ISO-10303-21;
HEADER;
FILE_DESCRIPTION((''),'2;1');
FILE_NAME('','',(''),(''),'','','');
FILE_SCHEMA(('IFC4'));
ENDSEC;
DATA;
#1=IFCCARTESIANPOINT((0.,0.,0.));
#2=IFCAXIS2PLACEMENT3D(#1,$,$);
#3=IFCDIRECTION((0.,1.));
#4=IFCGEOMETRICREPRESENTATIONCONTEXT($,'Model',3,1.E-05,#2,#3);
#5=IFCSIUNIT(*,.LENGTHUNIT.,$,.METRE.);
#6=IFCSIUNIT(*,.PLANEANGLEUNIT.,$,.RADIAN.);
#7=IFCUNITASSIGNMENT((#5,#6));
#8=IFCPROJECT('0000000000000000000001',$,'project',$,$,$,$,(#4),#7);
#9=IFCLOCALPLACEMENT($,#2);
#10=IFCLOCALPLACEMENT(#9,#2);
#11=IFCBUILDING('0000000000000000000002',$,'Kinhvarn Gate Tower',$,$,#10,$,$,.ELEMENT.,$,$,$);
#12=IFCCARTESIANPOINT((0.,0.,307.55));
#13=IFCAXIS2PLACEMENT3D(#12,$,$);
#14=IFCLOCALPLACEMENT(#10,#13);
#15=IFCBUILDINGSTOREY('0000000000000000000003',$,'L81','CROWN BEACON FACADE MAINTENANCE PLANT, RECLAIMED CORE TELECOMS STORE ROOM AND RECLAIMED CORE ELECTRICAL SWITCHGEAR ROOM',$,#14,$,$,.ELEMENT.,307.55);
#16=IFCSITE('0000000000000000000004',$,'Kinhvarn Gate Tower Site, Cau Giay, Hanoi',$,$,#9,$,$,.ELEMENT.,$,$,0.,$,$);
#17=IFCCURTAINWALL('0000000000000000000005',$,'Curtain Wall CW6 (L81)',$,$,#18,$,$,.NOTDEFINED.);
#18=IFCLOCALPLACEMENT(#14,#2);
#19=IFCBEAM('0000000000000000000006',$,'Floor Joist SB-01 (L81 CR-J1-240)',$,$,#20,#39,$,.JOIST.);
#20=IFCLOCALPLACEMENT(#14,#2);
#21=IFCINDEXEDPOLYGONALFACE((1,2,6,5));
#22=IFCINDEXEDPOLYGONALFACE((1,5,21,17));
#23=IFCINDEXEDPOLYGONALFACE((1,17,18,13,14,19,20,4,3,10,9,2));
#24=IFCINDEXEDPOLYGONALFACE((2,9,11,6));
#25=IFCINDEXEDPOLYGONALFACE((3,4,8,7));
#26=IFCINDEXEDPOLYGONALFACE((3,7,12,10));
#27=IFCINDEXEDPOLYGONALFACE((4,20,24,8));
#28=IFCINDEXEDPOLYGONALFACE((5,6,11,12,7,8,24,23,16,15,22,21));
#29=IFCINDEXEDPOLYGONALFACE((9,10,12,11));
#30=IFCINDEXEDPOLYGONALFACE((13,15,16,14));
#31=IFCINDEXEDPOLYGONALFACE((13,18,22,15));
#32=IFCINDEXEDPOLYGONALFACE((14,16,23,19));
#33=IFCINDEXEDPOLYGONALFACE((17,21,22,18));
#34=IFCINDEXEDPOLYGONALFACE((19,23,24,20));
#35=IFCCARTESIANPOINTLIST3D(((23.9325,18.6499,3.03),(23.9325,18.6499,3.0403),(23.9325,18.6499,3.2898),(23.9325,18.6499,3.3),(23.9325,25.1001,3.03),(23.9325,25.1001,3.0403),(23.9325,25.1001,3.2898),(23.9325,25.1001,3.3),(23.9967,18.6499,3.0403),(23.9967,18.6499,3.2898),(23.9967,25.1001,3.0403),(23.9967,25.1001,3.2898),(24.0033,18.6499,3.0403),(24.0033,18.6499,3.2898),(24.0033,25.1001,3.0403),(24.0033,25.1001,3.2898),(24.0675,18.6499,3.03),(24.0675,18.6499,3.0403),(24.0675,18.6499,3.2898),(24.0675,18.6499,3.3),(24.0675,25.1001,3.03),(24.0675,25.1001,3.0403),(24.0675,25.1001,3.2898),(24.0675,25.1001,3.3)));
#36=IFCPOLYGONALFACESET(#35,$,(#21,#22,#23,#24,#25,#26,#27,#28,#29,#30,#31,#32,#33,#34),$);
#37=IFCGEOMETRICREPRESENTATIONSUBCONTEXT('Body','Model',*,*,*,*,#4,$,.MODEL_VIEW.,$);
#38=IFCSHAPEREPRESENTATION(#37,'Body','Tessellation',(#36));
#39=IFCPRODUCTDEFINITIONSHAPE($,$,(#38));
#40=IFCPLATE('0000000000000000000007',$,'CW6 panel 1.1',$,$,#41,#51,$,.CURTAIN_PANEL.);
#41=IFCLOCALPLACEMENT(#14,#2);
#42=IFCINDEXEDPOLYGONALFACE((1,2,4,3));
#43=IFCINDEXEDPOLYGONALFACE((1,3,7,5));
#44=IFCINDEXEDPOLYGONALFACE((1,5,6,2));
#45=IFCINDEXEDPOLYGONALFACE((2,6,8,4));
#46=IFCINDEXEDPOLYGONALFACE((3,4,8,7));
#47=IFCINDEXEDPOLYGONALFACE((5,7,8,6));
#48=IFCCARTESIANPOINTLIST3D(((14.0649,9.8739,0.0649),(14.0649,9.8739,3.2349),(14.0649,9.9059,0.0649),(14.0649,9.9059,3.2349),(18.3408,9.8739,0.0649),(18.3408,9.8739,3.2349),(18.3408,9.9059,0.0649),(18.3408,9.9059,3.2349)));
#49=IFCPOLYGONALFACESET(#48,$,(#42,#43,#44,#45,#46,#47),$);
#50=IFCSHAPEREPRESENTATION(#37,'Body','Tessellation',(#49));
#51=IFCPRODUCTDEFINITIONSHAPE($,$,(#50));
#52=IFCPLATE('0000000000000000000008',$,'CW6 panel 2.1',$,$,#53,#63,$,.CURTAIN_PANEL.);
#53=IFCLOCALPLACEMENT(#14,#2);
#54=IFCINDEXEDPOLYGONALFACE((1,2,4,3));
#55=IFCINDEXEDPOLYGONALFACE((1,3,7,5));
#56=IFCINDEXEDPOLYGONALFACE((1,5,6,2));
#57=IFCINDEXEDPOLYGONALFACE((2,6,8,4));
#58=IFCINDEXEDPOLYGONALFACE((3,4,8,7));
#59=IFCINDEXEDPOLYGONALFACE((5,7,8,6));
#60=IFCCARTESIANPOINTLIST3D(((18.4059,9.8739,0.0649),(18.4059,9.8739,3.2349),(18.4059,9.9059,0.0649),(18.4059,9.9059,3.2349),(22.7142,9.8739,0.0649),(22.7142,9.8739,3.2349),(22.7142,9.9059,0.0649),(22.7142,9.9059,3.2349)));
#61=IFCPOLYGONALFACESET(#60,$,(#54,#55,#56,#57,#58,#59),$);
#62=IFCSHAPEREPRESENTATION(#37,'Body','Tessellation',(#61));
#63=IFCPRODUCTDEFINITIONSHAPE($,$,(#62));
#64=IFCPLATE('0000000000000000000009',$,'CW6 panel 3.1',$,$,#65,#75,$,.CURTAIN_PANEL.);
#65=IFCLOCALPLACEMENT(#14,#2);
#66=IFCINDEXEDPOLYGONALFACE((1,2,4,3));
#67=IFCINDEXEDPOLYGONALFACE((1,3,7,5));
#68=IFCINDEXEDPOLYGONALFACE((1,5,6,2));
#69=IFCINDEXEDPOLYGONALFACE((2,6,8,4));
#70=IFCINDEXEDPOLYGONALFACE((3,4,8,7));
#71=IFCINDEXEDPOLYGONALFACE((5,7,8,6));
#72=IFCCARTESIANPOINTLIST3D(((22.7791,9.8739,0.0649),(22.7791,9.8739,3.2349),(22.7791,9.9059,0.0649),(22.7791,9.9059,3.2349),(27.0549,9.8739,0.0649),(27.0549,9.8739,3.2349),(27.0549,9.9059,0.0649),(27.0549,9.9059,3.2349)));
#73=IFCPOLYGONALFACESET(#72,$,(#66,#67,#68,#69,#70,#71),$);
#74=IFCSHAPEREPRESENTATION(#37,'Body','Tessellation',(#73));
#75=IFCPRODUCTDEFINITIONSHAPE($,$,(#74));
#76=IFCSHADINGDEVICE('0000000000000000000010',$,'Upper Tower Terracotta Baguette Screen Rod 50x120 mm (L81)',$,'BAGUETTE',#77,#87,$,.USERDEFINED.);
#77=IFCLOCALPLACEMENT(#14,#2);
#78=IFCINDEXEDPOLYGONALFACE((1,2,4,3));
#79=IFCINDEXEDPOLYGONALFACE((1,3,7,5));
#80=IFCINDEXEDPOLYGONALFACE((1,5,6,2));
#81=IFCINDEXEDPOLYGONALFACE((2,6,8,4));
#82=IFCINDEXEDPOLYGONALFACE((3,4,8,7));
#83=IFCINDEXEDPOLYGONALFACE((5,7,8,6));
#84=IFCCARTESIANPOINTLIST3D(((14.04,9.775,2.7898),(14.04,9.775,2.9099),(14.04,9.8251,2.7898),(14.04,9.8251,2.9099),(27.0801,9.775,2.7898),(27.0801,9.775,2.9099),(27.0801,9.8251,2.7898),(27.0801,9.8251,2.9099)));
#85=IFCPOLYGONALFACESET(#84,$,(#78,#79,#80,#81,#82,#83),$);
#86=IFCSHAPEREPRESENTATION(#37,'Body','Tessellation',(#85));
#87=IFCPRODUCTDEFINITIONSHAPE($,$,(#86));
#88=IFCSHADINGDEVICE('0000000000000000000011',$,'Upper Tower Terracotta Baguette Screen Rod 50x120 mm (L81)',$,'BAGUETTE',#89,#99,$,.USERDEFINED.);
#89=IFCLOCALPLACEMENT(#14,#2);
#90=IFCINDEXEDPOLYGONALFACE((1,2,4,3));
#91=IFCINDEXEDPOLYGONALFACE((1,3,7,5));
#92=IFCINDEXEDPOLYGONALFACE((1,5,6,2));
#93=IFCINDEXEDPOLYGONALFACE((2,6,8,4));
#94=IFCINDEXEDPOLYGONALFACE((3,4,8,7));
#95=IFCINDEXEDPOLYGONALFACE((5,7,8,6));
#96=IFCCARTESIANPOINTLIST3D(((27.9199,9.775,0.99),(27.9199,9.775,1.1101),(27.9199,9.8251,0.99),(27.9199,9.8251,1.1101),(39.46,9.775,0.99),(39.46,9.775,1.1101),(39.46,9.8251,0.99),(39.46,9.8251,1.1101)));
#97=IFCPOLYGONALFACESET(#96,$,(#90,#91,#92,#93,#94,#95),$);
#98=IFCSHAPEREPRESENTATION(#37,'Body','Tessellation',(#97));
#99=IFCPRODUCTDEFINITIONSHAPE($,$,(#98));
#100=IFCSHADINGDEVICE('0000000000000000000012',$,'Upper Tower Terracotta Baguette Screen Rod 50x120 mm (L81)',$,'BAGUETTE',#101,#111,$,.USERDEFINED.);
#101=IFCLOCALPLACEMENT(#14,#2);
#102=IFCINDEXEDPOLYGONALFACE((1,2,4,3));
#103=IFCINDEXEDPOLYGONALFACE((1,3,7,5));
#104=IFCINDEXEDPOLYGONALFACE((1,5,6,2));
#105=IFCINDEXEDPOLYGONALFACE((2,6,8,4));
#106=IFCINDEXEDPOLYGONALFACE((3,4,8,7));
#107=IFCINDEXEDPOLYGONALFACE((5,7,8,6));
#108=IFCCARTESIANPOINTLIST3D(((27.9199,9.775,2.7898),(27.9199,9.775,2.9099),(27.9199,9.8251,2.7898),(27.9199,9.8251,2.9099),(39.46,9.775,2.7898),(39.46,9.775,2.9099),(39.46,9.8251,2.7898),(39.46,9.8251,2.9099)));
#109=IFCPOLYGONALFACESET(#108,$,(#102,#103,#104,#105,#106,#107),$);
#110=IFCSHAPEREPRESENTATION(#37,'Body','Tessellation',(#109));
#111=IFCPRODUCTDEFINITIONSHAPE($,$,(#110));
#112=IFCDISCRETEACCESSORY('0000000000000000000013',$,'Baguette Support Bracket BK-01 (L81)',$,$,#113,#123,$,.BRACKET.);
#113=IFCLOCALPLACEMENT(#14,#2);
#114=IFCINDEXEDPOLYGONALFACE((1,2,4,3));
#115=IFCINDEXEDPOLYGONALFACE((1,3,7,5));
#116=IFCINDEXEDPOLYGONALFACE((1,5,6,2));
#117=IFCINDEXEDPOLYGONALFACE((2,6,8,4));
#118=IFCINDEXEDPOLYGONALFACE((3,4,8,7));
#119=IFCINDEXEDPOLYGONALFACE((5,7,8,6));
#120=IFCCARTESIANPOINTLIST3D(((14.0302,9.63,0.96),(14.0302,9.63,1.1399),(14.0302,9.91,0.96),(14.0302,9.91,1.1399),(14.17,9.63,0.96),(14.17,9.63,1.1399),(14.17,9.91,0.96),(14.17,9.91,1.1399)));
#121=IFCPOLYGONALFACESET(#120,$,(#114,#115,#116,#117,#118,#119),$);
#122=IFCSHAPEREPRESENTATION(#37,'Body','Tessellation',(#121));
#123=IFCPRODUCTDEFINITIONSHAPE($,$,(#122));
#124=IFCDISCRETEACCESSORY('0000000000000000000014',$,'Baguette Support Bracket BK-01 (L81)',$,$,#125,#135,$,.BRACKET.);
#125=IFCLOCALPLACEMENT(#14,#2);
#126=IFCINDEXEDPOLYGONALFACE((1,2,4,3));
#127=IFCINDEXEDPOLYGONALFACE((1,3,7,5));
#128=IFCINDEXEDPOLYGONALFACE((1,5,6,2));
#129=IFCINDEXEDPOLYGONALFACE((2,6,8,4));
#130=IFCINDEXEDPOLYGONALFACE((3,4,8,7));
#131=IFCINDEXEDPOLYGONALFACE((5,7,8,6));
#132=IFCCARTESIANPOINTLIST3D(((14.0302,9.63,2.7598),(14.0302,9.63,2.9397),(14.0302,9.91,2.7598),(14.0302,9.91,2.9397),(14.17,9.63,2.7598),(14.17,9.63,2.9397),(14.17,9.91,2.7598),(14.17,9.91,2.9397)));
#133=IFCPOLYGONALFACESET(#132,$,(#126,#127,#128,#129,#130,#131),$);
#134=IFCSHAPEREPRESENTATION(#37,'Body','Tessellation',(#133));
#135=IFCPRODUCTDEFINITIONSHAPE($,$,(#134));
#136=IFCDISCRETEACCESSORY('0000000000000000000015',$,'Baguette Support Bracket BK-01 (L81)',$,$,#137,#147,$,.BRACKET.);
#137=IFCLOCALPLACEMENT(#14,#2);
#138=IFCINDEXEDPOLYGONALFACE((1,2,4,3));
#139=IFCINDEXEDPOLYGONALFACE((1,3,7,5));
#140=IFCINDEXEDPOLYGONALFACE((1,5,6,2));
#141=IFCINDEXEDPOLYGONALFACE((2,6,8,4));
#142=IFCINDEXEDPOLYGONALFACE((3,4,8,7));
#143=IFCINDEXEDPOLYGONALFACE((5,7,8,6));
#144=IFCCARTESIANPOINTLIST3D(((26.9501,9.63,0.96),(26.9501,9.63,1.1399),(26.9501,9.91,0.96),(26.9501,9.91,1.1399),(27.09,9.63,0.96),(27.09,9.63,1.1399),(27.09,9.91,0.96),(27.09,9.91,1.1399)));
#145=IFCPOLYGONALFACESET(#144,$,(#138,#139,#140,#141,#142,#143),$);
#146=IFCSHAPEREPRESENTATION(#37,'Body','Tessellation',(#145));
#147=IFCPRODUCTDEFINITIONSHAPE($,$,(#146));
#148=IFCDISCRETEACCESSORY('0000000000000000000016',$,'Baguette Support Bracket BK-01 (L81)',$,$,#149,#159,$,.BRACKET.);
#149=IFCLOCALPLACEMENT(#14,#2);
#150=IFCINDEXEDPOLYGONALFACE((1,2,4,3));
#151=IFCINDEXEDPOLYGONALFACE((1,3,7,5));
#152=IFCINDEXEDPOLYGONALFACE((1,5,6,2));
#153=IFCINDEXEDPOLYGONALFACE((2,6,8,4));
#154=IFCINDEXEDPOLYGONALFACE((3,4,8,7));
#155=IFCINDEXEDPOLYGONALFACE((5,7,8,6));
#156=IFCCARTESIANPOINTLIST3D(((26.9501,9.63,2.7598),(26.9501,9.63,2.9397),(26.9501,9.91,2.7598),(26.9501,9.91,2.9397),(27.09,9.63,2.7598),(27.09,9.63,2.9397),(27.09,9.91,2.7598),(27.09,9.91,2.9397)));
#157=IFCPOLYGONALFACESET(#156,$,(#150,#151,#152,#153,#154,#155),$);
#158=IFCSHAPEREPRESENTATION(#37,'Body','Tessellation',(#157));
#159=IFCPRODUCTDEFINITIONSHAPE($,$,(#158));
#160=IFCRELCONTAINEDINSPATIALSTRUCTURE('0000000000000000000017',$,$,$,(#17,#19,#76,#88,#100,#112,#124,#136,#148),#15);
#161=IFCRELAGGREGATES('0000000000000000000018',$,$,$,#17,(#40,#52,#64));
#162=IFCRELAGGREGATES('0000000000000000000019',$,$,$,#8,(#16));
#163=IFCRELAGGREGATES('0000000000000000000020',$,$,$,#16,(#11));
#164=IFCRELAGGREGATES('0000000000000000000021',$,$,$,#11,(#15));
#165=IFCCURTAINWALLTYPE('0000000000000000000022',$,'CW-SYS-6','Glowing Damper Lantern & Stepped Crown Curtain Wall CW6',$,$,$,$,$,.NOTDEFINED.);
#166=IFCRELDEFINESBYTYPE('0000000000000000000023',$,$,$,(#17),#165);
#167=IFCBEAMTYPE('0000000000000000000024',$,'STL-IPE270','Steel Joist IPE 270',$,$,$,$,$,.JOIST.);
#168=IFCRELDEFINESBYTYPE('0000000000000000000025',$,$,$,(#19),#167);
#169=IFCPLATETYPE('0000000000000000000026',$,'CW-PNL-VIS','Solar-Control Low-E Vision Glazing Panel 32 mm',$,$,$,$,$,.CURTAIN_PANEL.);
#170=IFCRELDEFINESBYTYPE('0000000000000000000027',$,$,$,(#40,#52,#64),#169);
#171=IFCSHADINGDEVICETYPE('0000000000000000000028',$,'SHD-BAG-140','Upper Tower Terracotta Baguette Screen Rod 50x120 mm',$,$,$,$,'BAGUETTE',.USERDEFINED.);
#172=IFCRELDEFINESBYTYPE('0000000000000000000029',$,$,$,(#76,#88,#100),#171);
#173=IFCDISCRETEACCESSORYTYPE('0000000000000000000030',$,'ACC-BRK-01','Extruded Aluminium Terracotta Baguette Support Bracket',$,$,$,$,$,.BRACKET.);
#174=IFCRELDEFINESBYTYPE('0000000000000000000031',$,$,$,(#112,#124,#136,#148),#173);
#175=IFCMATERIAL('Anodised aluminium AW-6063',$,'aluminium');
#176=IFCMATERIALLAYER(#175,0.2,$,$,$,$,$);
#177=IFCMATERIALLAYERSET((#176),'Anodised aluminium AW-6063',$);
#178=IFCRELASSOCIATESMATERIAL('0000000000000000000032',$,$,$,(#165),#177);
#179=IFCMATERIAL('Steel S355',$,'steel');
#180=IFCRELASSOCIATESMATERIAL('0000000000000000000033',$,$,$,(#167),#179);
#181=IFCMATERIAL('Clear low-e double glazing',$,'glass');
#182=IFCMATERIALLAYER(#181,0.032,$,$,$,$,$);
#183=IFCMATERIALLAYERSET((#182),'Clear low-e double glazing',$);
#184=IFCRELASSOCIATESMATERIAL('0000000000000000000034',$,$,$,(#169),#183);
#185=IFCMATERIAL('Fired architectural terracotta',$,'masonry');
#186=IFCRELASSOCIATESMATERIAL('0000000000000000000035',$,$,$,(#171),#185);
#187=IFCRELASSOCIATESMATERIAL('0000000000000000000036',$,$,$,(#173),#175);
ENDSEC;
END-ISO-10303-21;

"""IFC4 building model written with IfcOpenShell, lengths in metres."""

from ifc_helpers import new_model, si_unit, direction, frame, origin, origin_2d, place, context, subcontext, project, spatial, rectangle, i_section, extrude, material, layer, layer_set, material_profile, profile_set, type_object, element, aggregate, save


model = new_model("IFC4")

# Units and contexts
model_context = context("Model", 3, precision=1e-05, world=origin(), true_north=direction((0.0, 1.0)))
body_context = subcontext(model_context, "Body", "Model", "MODEL_VIEW")
ifc_project = project(units=[si_unit("LENGTHUNIT", "METRE"), si_unit("PLANEANGLEUNIT", "RADIAN")], contexts=[model_context])

# Site, building, storey
site_placement = place(None, origin())
site = spatial("IfcSite", under=ifc_project, at=site_placement, Name="Kinhvarn Gate Tower Site, Cau Giay, Hanoi", CompositionType="ELEMENT", RefElevation=0.0)
building_placement = place(site_placement, origin())
building = spatial("IfcBuilding", under=site, at=building_placement, Name="Kinhvarn Gate Tower", CompositionType="ELEMENT")
storey_placement = place(building_placement, frame((0.0, 0.0, 307.55)))
storey = spatial("IfcBuildingStorey", under=building, at=storey_placement, Name="L81", Description="CROWN BEACON FACADE MAINTENANCE PLANT, RECLAIMED CORE TELECOMS STORE ROOM AND RECLAIMED CORE ELECTRICAL SWITCHGEAR ROOM", CompositionType="ELEMENT", Elevation=307.55)

# Curtain wall
ifc_material_1 = material(Name="Anodised aluminium AW-6063", Category="aluminium")
ifc_layer_1 = layer(ifc_material_1, 0.2)
ifc_layer_set_1 = layer_set([ifc_layer_1], Name="Anodised aluminium AW-6063")
curtain_wall_type = type_object("IfcCurtainWallType", Name="CW-SYS-6", Description="Glowing Damper Lantern & Stepped Crown Curtain Wall CW6", PredefinedType="NOTDEFINED", material=ifc_layer_set_1)
curtain_wall_1_placement = place(storey_placement, origin())
curtain_wall_1 = element("IfcCurtainWall", 1, at=curtain_wall_1_placement, inside=storey, type_object=curtain_wall_type, Name="Curtain Wall CW6 (L81)", PredefinedType="NOTDEFINED")

# Shared definitions
ifc_material_2 = material(Name="Steel S355", Category="steel")

# Beam
ifc_material_profile_1 = material_profile(ifc_material_2, i_section(OverallWidth=0.135, OverallDepth=0.27, WebThickness=0.0066, FlangeThickness=0.0103, at=origin_2d()), Name="IPE 270")
ifc_profile_set_1 = profile_set([ifc_material_profile_1], Name="Steel S355")
beam_type_1 = type_object("IfcBeamType", Name="STL-IPE270", Description="Steel Joist IPE 270", PredefinedType="JOIST", material=ifc_profile_set_1)
for number, where, z_axis, x_axis, name in (
    (2, (24.0, 18.6499, 3.165), (0.0, 1.0, 0.0), (-1.0, 0.0, 0.0), "Floor Joist SB-01 (L81 CR-J1-240)"),
):
    element("IfcBeam", number, at=place(storey_placement, frame(where, z_axis=z_axis, x_axis=x_axis)), inside=storey, type_object=beam_type_1, Name=name, PredefinedType="JOIST", context=body_context, shape_type="SweptSolid", body=[
        extrude(i_section(OverallWidth=0.135, OverallDepth=0.27, WebThickness=0.0066, FlangeThickness=0.0103, at=origin_2d()), origin(), (0.0, 0.0, 1.0), 6.4502),
    ])

# Plates
ifc_material_3 = material(Name="Clear low-e double glazing", Category="glass")
ifc_layer_2 = layer(ifc_material_3, 0.032)
ifc_layer_set_2 = layer_set([ifc_layer_2], Name="Clear low-e double glazing")
plate_type = type_object("IfcPlateType", Name="CW-PNL-VIS", Description="Solar-Control Low-E Vision Glazing Panel 32 mm", PredefinedType="CURTAIN_PANEL", material=ifc_layer_set_2)
plate_1_placement = place(storey_placement, frame((16.2029, 9.8899, 0.0649), z_axis=(0.0, 0.0, 1.0), x_axis=(1.0, 0.0, 0.0)))
plate_1 = element("IfcPlate", 3, at=plate_1_placement, type_object=plate_type, Name="CW6 panel 1.1", PredefinedType="CURTAIN_PANEL", context=body_context, shape_type="SweptSolid", body=[
    extrude(rectangle(XDim=4.2759, YDim=0.032, at=origin_2d()), origin(), (0.0, 0.0, 1.0), 3.1699),
])
plate_2_placement = place(storey_placement, frame((20.5601, 9.8899, 0.0649), z_axis=(0.0, 0.0, 1.0), x_axis=(1.0, 0.0, 0.0)))
plate_2 = element("IfcPlate", 4, at=plate_2_placement, type_object=plate_type, Name="CW6 panel 2.1", PredefinedType="CURTAIN_PANEL", context=body_context, shape_type="SweptSolid", body=[
    extrude(rectangle(XDim=4.3083, YDim=0.032, at=origin_2d()), origin(), (0.0, 0.0, 1.0), 3.1699),
])
plate_3_placement = place(storey_placement, frame((24.917, 9.8899, 0.0649), z_axis=(0.0, 0.0, 1.0), x_axis=(1.0, 0.0, 0.0)))
plate_3 = element("IfcPlate", 5, at=plate_3_placement, type_object=plate_type, Name="CW6 panel 3.1", PredefinedType="CURTAIN_PANEL", context=body_context, shape_type="SweptSolid", body=[
    extrude(rectangle(XDim=4.2759, YDim=0.032, at=origin_2d()), origin(), (0.0, 0.0, 1.0), 3.1699),
])
aggregate(curtain_wall_1, [plate_1, plate_2, plate_3])

# Shading devices
ifc_material_4 = material(Name="Fired architectural terracotta", Category="masonry")
ifc_material_profile_2 = material_profile(ifc_material_4, rectangle(XDim=0.05, YDim=0.1201, at=origin_2d()), Name="TC 50x120")
ifc_profile_set_2 = profile_set([ifc_material_profile_2], Name="Fired architectural terracotta")
shading_device_type = type_object("IfcShadingDeviceType", Name="SHD-BAG-140", Description="Upper Tower Terracotta Baguette Screen Rod 50x120 mm", ElementType="BAGUETTE", PredefinedType="USERDEFINED", material=ifc_profile_set_2)
shading_device_placement = place(storey_placement, frame((14.04, 9.8, 2.8499), z_axis=(1.0, 0.0, 0.0), x_axis=(0.0, 1.0, 0.0)))
element("IfcShadingDevice", 6, at=shading_device_placement, inside=storey, type_object=shading_device_type, Name="Upper Tower Terracotta Baguette Screen Rod 50x120 mm (L81)", ObjectType="BAGUETTE", PredefinedType="USERDEFINED", context=body_context, shape_type="SweptSolid", body=[
    extrude(rectangle(XDim=0.05, YDim=0.1201, at=origin_2d()), origin(), (0.0, 0.0, 1.0), 13.04),
])
for number, where, z_axis, x_axis, name in (
    (7, (27.9199, 9.8, 1.05), (1.0, 0.0, 0.0), (0.0, 1.0, 0.0), "Upper Tower Terracotta Baguette Screen Rod 50x120 mm (L81)"),
    (8, (27.9199, 9.8, 2.8499), (1.0, 0.0, 0.0), (0.0, 1.0, 0.0), "Upper Tower Terracotta Baguette Screen Rod 50x120 mm (L81)"),
):
    element("IfcShadingDevice", number, at=place(storey_placement, frame(where, z_axis=z_axis, x_axis=x_axis)), inside=storey, type_object=shading_device_type, Name=name, ObjectType="BAGUETTE", PredefinedType="USERDEFINED", context=body_context, shape_type="SweptSolid", body=[
        extrude(rectangle(XDim=0.05, YDim=0.1201, at=origin_2d()), origin(), (0.0, 0.0, 1.0), 11.54),
    ])

# Discrete accessories
discrete_accessory_type = type_object("IfcDiscreteAccessoryType", Name="ACC-BRK-01", Description="Extruded Aluminium Terracotta Baguette Support Bracket", PredefinedType="BRACKET", material=ifc_material_1)
for number, where, z_axis, x_axis, name in (
    (9, (14.1001, 9.77, 0.96), (0.0, 0.0, 1.0), (1.0, 0.0, 0.0), "Baguette Support Bracket BK-01 (L81)"),
    (10, (14.1001, 9.77, 2.7598), (0.0, 0.0, 1.0), (1.0, 0.0, 0.0), "Baguette Support Bracket BK-01 (L81)"),
    (11, (27.02, 9.77, 0.96), (0.0, 0.0, 1.0), (1.0, 0.0, 0.0), "Baguette Support Bracket BK-01 (L81)"),
    (12, (27.02, 9.77, 2.7598), (0.0, 0.0, 1.0), (1.0, 0.0, 0.0), "Baguette Support Bracket BK-01 (L81)"),
):
    element("IfcDiscreteAccessory", number, at=place(storey_placement, frame(where, z_axis=z_axis, x_axis=x_axis)), inside=storey, type_object=discrete_accessory_type, Name=name, PredefinedType="BRACKET", context=body_context, shape_type="SweptSolid", body=[
        extrude(rectangle(XDim=0.1399, YDim=0.28, at=origin_2d()), origin(), (0.0, 0.0, 1.0), 0.1799),
    ])

save(model, "model.ifc")
